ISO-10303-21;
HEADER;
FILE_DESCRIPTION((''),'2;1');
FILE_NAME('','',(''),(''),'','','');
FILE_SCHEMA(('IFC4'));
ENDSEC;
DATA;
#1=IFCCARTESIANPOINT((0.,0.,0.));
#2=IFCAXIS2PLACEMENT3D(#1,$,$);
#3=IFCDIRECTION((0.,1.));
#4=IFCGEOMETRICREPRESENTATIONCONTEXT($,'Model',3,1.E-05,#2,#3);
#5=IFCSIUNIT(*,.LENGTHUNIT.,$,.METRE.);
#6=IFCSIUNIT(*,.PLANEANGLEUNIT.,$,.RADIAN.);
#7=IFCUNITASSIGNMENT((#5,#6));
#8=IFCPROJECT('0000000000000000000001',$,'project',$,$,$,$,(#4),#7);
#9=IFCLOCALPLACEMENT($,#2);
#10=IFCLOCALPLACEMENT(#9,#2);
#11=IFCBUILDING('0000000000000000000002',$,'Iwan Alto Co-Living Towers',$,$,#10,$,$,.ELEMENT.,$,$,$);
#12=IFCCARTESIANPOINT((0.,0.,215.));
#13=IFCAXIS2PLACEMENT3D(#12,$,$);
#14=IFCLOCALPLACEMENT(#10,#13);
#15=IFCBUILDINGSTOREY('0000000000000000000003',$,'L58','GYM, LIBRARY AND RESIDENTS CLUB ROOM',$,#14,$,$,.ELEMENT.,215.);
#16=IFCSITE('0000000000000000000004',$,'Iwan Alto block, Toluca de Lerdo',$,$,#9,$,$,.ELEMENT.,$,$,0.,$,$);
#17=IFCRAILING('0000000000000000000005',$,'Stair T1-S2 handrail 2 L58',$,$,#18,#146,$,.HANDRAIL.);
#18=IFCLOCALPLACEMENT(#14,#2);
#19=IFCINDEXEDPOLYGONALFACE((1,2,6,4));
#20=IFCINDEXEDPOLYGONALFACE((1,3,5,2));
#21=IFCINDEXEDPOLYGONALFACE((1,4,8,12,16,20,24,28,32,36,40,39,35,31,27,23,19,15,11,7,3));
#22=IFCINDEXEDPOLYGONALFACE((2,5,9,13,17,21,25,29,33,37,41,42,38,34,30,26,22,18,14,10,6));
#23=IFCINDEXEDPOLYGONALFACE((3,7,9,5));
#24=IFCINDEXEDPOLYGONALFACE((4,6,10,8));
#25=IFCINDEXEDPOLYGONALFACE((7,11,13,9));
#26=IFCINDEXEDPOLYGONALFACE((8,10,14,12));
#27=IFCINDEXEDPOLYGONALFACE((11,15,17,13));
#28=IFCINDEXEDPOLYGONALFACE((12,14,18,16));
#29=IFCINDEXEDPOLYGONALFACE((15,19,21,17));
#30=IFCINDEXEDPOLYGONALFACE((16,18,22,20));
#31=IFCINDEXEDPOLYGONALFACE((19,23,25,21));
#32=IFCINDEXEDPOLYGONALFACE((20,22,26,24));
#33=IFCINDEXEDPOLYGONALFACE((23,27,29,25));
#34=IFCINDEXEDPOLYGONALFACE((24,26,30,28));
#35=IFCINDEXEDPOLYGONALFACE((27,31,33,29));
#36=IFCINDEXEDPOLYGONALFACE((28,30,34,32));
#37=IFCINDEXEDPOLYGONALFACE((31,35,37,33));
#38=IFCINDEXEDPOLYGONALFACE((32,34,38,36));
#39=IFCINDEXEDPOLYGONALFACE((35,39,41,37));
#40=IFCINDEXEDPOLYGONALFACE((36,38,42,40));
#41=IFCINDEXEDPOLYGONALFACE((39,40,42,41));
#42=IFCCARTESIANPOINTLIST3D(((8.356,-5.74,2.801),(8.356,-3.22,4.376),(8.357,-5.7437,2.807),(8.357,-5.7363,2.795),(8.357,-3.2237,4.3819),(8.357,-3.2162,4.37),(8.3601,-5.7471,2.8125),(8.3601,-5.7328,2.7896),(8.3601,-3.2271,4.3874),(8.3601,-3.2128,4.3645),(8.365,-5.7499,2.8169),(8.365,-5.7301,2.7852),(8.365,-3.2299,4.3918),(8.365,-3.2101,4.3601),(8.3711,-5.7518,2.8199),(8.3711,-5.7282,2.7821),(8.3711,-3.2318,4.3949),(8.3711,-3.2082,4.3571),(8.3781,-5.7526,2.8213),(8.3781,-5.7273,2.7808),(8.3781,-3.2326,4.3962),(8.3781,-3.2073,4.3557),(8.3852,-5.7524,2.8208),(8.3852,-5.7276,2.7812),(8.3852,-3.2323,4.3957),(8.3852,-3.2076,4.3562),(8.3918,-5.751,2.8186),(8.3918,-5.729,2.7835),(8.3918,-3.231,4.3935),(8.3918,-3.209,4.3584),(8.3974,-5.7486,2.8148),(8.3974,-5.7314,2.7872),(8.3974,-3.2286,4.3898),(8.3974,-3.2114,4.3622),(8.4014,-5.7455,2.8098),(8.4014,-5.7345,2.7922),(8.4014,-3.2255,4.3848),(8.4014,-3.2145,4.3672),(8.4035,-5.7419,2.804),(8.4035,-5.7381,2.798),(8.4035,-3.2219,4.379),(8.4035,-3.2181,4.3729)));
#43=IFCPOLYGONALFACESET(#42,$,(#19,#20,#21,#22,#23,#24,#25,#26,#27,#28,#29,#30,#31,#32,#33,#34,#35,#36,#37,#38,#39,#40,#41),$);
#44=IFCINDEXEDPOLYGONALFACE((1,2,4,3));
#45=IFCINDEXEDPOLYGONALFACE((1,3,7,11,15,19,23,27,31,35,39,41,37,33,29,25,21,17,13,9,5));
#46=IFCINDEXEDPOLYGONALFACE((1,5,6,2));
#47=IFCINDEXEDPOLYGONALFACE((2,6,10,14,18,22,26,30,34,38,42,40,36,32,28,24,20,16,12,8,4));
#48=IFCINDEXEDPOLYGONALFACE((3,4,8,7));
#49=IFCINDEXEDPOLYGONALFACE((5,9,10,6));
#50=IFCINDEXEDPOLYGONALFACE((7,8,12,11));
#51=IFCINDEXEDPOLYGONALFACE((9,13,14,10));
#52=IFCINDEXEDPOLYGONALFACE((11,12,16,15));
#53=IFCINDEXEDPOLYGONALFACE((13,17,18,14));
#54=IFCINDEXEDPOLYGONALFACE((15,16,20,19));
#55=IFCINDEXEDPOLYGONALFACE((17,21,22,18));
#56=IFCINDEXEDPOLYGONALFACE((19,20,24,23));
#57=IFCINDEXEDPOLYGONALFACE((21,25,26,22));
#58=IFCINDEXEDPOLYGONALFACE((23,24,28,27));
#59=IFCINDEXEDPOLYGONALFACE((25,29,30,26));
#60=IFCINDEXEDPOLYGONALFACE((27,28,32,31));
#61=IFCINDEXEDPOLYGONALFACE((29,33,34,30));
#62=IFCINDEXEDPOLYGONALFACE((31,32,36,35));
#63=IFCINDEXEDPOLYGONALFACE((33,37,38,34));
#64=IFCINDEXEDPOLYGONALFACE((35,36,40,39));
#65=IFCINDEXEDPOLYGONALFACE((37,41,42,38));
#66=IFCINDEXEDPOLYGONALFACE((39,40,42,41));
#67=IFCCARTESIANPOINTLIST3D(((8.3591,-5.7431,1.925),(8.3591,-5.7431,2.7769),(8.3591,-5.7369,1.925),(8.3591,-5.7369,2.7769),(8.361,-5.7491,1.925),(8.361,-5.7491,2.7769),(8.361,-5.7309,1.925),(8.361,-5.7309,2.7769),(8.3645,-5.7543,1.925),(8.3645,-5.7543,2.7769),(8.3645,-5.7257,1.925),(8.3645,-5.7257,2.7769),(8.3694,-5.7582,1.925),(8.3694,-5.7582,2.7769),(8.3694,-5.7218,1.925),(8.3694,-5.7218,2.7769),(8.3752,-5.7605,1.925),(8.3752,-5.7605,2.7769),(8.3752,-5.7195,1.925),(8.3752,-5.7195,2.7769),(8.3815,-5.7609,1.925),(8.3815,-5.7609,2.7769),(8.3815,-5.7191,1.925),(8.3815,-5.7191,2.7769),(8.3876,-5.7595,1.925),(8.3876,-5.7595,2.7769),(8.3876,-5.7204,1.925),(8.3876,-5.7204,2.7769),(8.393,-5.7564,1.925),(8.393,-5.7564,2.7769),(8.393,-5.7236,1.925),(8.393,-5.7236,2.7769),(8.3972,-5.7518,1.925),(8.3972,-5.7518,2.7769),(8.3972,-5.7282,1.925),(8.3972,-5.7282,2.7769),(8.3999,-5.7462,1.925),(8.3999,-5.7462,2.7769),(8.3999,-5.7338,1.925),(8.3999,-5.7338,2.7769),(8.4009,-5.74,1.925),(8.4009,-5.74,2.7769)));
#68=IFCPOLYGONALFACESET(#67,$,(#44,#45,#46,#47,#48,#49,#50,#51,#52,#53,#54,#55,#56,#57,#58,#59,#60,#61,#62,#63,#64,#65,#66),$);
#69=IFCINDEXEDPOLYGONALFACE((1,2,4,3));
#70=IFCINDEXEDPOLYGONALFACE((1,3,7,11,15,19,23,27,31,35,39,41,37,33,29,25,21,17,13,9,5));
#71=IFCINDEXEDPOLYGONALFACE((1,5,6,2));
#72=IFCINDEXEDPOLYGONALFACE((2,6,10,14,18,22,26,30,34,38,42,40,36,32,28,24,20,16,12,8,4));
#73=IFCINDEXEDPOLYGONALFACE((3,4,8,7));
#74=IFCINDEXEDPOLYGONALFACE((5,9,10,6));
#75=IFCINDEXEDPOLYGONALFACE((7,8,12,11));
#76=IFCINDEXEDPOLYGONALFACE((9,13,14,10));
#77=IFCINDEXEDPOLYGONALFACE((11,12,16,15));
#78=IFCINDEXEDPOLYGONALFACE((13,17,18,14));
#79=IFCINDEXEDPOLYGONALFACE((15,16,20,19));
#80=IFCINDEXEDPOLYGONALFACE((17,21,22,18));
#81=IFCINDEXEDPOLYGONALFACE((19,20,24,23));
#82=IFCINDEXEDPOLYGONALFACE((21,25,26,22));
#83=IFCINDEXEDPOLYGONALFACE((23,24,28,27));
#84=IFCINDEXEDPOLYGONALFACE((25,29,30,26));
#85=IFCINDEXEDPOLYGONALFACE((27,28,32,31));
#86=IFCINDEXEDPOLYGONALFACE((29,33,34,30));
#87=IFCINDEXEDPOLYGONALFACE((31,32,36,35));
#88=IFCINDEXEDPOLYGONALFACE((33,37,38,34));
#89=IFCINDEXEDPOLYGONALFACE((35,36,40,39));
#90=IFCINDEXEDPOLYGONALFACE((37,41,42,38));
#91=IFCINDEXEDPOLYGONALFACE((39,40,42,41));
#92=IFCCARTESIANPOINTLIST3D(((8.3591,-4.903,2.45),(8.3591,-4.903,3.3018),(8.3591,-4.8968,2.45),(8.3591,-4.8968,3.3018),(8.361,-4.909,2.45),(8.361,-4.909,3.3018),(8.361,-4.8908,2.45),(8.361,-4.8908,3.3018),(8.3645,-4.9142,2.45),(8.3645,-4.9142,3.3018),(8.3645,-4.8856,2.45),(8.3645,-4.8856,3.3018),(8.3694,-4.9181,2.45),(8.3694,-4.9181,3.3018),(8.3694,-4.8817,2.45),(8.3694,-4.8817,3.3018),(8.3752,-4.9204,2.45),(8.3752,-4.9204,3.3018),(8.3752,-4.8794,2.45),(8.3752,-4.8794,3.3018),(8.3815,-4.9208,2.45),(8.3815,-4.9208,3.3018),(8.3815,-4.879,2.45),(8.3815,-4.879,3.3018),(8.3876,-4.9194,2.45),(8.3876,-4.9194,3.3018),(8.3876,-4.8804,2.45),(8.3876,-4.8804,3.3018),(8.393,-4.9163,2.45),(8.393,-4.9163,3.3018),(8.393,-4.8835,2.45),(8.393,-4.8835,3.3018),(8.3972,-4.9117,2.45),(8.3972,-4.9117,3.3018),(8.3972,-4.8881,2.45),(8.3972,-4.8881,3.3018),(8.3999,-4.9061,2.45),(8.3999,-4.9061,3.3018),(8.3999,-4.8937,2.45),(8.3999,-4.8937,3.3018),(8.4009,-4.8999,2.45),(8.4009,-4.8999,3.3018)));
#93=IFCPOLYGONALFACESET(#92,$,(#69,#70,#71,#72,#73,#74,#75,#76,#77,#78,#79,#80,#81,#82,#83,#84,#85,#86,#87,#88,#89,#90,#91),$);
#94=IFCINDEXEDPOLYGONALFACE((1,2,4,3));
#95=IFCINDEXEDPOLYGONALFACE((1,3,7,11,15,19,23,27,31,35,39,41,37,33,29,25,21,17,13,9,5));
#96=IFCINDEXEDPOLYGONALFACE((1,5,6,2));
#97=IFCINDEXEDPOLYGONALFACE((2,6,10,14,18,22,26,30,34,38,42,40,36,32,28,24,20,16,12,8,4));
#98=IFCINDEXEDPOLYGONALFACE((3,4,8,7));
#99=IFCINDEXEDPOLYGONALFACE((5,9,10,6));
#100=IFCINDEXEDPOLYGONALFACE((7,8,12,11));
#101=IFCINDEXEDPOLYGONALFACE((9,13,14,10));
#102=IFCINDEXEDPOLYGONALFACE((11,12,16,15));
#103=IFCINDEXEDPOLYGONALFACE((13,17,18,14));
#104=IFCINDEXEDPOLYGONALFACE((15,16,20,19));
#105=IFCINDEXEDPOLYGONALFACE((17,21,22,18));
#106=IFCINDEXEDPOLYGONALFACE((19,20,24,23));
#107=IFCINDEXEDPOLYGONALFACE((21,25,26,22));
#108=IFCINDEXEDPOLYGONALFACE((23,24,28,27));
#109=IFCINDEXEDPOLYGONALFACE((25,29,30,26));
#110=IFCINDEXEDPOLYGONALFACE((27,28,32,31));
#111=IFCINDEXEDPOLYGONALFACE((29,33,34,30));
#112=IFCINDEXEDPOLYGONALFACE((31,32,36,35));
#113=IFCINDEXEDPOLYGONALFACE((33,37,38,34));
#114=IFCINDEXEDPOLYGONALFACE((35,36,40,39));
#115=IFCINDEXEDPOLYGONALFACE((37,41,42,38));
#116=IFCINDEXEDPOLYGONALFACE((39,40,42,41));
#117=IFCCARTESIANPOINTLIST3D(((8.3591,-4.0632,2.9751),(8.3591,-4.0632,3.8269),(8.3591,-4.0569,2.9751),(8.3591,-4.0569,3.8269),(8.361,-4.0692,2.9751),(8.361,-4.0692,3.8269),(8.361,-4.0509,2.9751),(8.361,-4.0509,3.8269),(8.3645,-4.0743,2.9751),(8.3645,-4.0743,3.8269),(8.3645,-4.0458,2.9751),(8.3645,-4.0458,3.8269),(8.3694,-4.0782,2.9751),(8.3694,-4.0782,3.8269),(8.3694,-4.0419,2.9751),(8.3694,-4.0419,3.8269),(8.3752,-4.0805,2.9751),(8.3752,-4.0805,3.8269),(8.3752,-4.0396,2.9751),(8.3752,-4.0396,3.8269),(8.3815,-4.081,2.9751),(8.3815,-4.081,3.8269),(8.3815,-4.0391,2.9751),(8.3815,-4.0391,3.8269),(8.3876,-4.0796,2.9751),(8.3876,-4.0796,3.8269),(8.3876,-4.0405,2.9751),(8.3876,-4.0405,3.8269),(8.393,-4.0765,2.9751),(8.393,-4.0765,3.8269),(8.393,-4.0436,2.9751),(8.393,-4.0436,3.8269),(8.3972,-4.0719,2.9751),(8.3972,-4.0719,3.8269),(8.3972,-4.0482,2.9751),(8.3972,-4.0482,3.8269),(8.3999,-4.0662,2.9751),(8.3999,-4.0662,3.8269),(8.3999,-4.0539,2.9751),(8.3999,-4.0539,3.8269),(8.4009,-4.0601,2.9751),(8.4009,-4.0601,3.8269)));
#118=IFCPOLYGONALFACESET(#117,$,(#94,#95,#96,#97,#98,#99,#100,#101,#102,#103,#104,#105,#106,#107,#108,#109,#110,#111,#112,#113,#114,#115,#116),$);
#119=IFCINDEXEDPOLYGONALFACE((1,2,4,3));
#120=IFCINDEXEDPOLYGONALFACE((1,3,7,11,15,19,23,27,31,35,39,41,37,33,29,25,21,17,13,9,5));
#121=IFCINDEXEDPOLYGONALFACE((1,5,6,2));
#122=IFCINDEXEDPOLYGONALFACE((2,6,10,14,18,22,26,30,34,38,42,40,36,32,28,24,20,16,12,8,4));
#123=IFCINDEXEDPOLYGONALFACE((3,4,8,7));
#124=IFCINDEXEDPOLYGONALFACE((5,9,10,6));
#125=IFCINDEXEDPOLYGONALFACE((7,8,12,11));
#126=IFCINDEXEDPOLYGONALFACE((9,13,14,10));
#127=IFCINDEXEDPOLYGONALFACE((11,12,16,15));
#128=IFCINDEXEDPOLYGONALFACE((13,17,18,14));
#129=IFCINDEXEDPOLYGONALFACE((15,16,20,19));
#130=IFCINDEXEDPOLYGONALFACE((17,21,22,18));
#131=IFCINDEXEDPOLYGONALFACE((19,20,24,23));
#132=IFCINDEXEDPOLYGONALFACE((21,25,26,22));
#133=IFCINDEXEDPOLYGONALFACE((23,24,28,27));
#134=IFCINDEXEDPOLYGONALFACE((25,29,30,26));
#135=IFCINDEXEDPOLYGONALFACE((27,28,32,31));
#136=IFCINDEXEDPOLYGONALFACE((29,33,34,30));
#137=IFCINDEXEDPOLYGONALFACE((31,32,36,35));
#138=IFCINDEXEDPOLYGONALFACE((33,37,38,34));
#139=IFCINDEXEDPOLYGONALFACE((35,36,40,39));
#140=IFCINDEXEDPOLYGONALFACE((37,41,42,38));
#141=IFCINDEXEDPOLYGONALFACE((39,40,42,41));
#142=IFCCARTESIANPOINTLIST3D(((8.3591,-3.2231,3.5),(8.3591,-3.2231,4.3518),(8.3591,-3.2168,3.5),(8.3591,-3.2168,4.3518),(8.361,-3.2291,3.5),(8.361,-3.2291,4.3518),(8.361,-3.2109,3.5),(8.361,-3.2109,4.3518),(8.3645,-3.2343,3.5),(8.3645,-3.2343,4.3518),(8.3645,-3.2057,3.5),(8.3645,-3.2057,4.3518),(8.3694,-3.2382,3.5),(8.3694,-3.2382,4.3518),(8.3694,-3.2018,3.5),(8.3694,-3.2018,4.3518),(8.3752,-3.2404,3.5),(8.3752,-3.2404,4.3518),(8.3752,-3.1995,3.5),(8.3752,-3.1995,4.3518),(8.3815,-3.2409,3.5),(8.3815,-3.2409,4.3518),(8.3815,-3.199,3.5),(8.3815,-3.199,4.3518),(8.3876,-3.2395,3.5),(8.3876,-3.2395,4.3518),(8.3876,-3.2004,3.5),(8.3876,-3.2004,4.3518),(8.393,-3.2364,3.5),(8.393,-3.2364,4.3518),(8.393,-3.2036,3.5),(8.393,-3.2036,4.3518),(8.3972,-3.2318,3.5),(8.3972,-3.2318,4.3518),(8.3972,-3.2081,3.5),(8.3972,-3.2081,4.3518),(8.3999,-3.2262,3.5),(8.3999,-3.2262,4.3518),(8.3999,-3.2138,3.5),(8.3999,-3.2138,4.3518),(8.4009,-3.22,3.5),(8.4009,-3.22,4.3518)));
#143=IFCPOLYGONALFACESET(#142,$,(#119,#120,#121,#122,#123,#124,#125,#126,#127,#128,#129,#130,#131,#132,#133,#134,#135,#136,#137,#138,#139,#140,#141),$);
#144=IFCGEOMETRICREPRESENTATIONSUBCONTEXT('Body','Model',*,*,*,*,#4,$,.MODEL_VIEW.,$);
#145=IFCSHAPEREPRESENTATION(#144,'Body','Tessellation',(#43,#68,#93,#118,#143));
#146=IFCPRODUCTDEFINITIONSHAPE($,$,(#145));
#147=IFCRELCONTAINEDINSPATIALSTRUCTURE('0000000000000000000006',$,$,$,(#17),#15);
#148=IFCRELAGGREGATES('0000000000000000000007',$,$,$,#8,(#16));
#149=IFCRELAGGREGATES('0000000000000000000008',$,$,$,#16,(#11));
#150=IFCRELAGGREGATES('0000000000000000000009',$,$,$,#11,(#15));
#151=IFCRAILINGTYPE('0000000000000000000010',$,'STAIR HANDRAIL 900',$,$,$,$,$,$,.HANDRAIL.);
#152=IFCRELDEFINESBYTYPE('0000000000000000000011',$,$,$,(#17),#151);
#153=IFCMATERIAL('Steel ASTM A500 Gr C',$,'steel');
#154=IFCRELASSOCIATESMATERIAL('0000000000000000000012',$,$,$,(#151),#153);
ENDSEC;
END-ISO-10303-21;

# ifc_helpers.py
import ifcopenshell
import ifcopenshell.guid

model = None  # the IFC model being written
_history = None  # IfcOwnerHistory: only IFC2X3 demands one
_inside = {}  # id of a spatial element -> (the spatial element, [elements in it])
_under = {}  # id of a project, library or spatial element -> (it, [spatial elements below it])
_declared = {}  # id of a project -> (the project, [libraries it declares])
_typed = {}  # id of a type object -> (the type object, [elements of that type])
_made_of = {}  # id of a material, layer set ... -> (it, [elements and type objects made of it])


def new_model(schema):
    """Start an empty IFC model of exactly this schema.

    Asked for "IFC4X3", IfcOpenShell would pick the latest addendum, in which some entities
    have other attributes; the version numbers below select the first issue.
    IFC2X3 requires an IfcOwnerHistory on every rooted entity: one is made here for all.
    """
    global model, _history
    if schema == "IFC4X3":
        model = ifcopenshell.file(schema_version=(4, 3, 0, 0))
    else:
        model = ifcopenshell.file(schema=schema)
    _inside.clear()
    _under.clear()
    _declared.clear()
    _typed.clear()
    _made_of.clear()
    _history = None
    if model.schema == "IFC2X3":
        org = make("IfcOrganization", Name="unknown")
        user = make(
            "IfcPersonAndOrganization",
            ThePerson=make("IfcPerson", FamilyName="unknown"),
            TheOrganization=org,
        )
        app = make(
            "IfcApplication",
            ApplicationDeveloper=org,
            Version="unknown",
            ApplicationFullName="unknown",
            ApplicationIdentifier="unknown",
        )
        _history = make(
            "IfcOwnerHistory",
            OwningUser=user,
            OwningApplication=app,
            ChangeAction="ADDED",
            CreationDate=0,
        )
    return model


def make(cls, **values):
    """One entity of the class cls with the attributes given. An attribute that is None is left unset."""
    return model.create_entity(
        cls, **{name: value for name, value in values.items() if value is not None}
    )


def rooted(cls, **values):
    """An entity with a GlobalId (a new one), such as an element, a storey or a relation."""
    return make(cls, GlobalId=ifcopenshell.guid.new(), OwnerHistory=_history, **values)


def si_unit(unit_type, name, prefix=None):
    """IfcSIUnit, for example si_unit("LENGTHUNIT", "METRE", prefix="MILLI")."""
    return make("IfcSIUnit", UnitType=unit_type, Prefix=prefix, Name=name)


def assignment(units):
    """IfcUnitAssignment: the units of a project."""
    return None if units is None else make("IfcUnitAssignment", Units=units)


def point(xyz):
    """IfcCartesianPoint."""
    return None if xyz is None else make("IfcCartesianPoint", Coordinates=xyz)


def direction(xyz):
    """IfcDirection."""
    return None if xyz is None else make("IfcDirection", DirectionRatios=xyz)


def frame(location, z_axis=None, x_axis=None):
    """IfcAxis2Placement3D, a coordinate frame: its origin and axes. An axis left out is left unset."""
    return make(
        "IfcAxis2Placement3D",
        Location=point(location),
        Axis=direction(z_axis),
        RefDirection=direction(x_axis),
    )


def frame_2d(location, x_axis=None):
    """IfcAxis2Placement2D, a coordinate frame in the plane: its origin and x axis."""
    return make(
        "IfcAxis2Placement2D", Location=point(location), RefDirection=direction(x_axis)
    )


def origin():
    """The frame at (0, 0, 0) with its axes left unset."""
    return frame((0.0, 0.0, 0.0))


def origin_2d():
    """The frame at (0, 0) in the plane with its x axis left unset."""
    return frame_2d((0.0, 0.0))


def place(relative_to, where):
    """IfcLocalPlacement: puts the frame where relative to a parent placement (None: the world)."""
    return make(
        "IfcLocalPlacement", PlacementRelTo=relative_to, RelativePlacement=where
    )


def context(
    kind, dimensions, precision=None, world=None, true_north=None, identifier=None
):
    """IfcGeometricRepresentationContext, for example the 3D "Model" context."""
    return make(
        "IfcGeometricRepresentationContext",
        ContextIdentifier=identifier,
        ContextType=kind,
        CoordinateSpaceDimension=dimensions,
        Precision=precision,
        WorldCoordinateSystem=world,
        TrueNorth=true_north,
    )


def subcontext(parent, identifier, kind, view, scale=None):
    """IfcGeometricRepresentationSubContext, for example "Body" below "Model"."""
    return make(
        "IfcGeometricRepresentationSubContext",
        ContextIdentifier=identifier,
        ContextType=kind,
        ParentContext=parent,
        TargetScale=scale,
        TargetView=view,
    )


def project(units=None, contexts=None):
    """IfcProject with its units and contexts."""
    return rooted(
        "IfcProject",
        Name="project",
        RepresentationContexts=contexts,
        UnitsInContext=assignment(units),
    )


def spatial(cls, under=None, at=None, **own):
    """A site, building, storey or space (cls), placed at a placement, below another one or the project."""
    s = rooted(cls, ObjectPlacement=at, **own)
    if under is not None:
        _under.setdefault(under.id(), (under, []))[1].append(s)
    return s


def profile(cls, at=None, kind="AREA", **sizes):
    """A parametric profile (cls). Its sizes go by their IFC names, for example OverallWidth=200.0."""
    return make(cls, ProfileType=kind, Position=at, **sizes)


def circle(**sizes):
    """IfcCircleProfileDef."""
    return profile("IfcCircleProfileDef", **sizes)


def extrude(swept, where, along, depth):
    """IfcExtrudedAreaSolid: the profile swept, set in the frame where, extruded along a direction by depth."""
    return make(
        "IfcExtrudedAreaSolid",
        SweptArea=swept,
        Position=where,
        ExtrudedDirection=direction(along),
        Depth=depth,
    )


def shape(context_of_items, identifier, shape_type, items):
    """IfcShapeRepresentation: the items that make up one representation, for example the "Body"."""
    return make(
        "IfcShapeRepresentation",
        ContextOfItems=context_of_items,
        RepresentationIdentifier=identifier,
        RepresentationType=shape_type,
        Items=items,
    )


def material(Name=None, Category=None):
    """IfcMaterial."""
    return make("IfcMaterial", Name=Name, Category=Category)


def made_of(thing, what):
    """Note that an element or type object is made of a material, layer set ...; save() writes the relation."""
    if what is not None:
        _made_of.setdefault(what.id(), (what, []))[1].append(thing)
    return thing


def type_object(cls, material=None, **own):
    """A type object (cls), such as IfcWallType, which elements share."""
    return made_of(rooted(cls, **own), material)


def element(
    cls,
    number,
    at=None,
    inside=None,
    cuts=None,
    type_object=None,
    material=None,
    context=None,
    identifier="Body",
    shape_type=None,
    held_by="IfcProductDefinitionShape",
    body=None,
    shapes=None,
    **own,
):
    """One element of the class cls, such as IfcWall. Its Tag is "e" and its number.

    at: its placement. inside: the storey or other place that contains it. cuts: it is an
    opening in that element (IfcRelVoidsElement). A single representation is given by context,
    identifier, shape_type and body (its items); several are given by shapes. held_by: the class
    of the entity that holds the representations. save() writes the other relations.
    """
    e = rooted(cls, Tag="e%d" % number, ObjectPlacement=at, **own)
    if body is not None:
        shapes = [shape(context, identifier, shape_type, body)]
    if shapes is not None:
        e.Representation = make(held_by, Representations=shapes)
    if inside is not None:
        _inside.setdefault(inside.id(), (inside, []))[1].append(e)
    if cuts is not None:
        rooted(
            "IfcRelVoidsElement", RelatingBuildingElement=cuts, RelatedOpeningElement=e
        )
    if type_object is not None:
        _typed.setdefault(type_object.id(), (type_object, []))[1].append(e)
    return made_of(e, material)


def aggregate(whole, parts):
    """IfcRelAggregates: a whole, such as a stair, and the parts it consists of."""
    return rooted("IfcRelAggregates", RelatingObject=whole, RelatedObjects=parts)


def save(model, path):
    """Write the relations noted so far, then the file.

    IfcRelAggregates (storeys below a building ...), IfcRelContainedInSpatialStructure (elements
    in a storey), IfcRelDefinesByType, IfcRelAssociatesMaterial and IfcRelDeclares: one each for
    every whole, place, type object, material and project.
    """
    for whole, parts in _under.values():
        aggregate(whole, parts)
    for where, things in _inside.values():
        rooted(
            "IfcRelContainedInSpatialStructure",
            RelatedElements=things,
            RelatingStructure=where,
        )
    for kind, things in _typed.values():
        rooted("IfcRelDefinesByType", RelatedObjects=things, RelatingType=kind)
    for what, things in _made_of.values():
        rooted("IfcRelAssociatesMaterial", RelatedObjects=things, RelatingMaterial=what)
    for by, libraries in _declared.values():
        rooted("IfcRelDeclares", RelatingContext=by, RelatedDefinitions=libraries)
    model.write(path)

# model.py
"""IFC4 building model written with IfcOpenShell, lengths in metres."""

from ifc_helpers import new_model, si_unit, direction, frame, origin, origin_2d, place, context, subcontext, project, spatial, circle, extrude, material, type_object, element, save


model = new_model("IFC4")

# Units and contexts
model_context = context("Model", 3, precision=1e-05, world=origin(), true_north=direction((0.0, 1.0)))
body_context = subcontext(model_context, "Body", "Model", "MODEL_VIEW")
ifc_project = project(units=[si_unit("LENGTHUNIT", "METRE"), si_unit("PLANEANGLEUNIT", "RADIAN")], contexts=[model_context])

# Site, building, storey
site_placement = place(None, origin())
site = spatial("IfcSite", under=ifc_project, at=site_placement, Name="Iwan Alto block, Toluca de Lerdo", CompositionType="ELEMENT", RefElevation=0.0)
building_placement = place(site_placement, origin())
building = spatial("IfcBuilding", under=site, at=building_placement, Name="Iwan Alto Co-Living Towers", CompositionType="ELEMENT")
storey_placement = place(building_placement, frame((0.0, 0.0, 215.0)))
storey = spatial("IfcBuildingStorey", under=building, at=storey_placement, Name="L58", Description="GYM, LIBRARY AND RESIDENTS CLUB ROOM", CompositionType="ELEMENT", Elevation=215.0)

# Railing
ifc_material_1 = material(Name="Steel ASTM A500 Gr C", Category="steel")
railing_type_1 = type_object("IfcRailingType", Name="STAIR HANDRAIL 900", PredefinedType="HANDRAIL", material=ifc_material_1)
railing_1_placement = place(storey_placement, frame((8.3799, -5.74, 1.925)))
element("IfcRailing", 1, at=railing_1_placement, inside=storey, type_object=railing_type_1, Name="Stair T1-S2 handrail 2 L58", PredefinedType="HANDRAIL", context=body_context, shape_type="SweptSolid", body=[
    extrude(circle(Radius=0.0239, at=origin_2d()), frame((0.0, 0.0, 0.876), z_axis=(0.0, 0.848008, 0.529984), x_axis=(-1.0, 0.0, 0.0)), (0.0, 0.0, 1.0), 2.9717),
    extrude(circle(Radius=0.021, at=origin_2d()), origin(), (0.0, 0.0, 1.0), 0.8518),
    extrude(circle(Radius=0.021, at=origin_2d()), frame((0.0, 0.8401, 0.5249)), (0.0, 0.0, 1.0), 0.8518),
    extrude(circle(Radius=0.021, at=origin_2d()), frame((0.0, 1.6799, 1.05)), (0.0, 0.0, 1.0), 0.8518),
    extrude(circle(Radius=0.021, at=origin_2d()), frame((0.0, 2.52, 1.575)), (0.0, 0.0, 1.0), 0.8518),
])

save(model, "model.ifc")
